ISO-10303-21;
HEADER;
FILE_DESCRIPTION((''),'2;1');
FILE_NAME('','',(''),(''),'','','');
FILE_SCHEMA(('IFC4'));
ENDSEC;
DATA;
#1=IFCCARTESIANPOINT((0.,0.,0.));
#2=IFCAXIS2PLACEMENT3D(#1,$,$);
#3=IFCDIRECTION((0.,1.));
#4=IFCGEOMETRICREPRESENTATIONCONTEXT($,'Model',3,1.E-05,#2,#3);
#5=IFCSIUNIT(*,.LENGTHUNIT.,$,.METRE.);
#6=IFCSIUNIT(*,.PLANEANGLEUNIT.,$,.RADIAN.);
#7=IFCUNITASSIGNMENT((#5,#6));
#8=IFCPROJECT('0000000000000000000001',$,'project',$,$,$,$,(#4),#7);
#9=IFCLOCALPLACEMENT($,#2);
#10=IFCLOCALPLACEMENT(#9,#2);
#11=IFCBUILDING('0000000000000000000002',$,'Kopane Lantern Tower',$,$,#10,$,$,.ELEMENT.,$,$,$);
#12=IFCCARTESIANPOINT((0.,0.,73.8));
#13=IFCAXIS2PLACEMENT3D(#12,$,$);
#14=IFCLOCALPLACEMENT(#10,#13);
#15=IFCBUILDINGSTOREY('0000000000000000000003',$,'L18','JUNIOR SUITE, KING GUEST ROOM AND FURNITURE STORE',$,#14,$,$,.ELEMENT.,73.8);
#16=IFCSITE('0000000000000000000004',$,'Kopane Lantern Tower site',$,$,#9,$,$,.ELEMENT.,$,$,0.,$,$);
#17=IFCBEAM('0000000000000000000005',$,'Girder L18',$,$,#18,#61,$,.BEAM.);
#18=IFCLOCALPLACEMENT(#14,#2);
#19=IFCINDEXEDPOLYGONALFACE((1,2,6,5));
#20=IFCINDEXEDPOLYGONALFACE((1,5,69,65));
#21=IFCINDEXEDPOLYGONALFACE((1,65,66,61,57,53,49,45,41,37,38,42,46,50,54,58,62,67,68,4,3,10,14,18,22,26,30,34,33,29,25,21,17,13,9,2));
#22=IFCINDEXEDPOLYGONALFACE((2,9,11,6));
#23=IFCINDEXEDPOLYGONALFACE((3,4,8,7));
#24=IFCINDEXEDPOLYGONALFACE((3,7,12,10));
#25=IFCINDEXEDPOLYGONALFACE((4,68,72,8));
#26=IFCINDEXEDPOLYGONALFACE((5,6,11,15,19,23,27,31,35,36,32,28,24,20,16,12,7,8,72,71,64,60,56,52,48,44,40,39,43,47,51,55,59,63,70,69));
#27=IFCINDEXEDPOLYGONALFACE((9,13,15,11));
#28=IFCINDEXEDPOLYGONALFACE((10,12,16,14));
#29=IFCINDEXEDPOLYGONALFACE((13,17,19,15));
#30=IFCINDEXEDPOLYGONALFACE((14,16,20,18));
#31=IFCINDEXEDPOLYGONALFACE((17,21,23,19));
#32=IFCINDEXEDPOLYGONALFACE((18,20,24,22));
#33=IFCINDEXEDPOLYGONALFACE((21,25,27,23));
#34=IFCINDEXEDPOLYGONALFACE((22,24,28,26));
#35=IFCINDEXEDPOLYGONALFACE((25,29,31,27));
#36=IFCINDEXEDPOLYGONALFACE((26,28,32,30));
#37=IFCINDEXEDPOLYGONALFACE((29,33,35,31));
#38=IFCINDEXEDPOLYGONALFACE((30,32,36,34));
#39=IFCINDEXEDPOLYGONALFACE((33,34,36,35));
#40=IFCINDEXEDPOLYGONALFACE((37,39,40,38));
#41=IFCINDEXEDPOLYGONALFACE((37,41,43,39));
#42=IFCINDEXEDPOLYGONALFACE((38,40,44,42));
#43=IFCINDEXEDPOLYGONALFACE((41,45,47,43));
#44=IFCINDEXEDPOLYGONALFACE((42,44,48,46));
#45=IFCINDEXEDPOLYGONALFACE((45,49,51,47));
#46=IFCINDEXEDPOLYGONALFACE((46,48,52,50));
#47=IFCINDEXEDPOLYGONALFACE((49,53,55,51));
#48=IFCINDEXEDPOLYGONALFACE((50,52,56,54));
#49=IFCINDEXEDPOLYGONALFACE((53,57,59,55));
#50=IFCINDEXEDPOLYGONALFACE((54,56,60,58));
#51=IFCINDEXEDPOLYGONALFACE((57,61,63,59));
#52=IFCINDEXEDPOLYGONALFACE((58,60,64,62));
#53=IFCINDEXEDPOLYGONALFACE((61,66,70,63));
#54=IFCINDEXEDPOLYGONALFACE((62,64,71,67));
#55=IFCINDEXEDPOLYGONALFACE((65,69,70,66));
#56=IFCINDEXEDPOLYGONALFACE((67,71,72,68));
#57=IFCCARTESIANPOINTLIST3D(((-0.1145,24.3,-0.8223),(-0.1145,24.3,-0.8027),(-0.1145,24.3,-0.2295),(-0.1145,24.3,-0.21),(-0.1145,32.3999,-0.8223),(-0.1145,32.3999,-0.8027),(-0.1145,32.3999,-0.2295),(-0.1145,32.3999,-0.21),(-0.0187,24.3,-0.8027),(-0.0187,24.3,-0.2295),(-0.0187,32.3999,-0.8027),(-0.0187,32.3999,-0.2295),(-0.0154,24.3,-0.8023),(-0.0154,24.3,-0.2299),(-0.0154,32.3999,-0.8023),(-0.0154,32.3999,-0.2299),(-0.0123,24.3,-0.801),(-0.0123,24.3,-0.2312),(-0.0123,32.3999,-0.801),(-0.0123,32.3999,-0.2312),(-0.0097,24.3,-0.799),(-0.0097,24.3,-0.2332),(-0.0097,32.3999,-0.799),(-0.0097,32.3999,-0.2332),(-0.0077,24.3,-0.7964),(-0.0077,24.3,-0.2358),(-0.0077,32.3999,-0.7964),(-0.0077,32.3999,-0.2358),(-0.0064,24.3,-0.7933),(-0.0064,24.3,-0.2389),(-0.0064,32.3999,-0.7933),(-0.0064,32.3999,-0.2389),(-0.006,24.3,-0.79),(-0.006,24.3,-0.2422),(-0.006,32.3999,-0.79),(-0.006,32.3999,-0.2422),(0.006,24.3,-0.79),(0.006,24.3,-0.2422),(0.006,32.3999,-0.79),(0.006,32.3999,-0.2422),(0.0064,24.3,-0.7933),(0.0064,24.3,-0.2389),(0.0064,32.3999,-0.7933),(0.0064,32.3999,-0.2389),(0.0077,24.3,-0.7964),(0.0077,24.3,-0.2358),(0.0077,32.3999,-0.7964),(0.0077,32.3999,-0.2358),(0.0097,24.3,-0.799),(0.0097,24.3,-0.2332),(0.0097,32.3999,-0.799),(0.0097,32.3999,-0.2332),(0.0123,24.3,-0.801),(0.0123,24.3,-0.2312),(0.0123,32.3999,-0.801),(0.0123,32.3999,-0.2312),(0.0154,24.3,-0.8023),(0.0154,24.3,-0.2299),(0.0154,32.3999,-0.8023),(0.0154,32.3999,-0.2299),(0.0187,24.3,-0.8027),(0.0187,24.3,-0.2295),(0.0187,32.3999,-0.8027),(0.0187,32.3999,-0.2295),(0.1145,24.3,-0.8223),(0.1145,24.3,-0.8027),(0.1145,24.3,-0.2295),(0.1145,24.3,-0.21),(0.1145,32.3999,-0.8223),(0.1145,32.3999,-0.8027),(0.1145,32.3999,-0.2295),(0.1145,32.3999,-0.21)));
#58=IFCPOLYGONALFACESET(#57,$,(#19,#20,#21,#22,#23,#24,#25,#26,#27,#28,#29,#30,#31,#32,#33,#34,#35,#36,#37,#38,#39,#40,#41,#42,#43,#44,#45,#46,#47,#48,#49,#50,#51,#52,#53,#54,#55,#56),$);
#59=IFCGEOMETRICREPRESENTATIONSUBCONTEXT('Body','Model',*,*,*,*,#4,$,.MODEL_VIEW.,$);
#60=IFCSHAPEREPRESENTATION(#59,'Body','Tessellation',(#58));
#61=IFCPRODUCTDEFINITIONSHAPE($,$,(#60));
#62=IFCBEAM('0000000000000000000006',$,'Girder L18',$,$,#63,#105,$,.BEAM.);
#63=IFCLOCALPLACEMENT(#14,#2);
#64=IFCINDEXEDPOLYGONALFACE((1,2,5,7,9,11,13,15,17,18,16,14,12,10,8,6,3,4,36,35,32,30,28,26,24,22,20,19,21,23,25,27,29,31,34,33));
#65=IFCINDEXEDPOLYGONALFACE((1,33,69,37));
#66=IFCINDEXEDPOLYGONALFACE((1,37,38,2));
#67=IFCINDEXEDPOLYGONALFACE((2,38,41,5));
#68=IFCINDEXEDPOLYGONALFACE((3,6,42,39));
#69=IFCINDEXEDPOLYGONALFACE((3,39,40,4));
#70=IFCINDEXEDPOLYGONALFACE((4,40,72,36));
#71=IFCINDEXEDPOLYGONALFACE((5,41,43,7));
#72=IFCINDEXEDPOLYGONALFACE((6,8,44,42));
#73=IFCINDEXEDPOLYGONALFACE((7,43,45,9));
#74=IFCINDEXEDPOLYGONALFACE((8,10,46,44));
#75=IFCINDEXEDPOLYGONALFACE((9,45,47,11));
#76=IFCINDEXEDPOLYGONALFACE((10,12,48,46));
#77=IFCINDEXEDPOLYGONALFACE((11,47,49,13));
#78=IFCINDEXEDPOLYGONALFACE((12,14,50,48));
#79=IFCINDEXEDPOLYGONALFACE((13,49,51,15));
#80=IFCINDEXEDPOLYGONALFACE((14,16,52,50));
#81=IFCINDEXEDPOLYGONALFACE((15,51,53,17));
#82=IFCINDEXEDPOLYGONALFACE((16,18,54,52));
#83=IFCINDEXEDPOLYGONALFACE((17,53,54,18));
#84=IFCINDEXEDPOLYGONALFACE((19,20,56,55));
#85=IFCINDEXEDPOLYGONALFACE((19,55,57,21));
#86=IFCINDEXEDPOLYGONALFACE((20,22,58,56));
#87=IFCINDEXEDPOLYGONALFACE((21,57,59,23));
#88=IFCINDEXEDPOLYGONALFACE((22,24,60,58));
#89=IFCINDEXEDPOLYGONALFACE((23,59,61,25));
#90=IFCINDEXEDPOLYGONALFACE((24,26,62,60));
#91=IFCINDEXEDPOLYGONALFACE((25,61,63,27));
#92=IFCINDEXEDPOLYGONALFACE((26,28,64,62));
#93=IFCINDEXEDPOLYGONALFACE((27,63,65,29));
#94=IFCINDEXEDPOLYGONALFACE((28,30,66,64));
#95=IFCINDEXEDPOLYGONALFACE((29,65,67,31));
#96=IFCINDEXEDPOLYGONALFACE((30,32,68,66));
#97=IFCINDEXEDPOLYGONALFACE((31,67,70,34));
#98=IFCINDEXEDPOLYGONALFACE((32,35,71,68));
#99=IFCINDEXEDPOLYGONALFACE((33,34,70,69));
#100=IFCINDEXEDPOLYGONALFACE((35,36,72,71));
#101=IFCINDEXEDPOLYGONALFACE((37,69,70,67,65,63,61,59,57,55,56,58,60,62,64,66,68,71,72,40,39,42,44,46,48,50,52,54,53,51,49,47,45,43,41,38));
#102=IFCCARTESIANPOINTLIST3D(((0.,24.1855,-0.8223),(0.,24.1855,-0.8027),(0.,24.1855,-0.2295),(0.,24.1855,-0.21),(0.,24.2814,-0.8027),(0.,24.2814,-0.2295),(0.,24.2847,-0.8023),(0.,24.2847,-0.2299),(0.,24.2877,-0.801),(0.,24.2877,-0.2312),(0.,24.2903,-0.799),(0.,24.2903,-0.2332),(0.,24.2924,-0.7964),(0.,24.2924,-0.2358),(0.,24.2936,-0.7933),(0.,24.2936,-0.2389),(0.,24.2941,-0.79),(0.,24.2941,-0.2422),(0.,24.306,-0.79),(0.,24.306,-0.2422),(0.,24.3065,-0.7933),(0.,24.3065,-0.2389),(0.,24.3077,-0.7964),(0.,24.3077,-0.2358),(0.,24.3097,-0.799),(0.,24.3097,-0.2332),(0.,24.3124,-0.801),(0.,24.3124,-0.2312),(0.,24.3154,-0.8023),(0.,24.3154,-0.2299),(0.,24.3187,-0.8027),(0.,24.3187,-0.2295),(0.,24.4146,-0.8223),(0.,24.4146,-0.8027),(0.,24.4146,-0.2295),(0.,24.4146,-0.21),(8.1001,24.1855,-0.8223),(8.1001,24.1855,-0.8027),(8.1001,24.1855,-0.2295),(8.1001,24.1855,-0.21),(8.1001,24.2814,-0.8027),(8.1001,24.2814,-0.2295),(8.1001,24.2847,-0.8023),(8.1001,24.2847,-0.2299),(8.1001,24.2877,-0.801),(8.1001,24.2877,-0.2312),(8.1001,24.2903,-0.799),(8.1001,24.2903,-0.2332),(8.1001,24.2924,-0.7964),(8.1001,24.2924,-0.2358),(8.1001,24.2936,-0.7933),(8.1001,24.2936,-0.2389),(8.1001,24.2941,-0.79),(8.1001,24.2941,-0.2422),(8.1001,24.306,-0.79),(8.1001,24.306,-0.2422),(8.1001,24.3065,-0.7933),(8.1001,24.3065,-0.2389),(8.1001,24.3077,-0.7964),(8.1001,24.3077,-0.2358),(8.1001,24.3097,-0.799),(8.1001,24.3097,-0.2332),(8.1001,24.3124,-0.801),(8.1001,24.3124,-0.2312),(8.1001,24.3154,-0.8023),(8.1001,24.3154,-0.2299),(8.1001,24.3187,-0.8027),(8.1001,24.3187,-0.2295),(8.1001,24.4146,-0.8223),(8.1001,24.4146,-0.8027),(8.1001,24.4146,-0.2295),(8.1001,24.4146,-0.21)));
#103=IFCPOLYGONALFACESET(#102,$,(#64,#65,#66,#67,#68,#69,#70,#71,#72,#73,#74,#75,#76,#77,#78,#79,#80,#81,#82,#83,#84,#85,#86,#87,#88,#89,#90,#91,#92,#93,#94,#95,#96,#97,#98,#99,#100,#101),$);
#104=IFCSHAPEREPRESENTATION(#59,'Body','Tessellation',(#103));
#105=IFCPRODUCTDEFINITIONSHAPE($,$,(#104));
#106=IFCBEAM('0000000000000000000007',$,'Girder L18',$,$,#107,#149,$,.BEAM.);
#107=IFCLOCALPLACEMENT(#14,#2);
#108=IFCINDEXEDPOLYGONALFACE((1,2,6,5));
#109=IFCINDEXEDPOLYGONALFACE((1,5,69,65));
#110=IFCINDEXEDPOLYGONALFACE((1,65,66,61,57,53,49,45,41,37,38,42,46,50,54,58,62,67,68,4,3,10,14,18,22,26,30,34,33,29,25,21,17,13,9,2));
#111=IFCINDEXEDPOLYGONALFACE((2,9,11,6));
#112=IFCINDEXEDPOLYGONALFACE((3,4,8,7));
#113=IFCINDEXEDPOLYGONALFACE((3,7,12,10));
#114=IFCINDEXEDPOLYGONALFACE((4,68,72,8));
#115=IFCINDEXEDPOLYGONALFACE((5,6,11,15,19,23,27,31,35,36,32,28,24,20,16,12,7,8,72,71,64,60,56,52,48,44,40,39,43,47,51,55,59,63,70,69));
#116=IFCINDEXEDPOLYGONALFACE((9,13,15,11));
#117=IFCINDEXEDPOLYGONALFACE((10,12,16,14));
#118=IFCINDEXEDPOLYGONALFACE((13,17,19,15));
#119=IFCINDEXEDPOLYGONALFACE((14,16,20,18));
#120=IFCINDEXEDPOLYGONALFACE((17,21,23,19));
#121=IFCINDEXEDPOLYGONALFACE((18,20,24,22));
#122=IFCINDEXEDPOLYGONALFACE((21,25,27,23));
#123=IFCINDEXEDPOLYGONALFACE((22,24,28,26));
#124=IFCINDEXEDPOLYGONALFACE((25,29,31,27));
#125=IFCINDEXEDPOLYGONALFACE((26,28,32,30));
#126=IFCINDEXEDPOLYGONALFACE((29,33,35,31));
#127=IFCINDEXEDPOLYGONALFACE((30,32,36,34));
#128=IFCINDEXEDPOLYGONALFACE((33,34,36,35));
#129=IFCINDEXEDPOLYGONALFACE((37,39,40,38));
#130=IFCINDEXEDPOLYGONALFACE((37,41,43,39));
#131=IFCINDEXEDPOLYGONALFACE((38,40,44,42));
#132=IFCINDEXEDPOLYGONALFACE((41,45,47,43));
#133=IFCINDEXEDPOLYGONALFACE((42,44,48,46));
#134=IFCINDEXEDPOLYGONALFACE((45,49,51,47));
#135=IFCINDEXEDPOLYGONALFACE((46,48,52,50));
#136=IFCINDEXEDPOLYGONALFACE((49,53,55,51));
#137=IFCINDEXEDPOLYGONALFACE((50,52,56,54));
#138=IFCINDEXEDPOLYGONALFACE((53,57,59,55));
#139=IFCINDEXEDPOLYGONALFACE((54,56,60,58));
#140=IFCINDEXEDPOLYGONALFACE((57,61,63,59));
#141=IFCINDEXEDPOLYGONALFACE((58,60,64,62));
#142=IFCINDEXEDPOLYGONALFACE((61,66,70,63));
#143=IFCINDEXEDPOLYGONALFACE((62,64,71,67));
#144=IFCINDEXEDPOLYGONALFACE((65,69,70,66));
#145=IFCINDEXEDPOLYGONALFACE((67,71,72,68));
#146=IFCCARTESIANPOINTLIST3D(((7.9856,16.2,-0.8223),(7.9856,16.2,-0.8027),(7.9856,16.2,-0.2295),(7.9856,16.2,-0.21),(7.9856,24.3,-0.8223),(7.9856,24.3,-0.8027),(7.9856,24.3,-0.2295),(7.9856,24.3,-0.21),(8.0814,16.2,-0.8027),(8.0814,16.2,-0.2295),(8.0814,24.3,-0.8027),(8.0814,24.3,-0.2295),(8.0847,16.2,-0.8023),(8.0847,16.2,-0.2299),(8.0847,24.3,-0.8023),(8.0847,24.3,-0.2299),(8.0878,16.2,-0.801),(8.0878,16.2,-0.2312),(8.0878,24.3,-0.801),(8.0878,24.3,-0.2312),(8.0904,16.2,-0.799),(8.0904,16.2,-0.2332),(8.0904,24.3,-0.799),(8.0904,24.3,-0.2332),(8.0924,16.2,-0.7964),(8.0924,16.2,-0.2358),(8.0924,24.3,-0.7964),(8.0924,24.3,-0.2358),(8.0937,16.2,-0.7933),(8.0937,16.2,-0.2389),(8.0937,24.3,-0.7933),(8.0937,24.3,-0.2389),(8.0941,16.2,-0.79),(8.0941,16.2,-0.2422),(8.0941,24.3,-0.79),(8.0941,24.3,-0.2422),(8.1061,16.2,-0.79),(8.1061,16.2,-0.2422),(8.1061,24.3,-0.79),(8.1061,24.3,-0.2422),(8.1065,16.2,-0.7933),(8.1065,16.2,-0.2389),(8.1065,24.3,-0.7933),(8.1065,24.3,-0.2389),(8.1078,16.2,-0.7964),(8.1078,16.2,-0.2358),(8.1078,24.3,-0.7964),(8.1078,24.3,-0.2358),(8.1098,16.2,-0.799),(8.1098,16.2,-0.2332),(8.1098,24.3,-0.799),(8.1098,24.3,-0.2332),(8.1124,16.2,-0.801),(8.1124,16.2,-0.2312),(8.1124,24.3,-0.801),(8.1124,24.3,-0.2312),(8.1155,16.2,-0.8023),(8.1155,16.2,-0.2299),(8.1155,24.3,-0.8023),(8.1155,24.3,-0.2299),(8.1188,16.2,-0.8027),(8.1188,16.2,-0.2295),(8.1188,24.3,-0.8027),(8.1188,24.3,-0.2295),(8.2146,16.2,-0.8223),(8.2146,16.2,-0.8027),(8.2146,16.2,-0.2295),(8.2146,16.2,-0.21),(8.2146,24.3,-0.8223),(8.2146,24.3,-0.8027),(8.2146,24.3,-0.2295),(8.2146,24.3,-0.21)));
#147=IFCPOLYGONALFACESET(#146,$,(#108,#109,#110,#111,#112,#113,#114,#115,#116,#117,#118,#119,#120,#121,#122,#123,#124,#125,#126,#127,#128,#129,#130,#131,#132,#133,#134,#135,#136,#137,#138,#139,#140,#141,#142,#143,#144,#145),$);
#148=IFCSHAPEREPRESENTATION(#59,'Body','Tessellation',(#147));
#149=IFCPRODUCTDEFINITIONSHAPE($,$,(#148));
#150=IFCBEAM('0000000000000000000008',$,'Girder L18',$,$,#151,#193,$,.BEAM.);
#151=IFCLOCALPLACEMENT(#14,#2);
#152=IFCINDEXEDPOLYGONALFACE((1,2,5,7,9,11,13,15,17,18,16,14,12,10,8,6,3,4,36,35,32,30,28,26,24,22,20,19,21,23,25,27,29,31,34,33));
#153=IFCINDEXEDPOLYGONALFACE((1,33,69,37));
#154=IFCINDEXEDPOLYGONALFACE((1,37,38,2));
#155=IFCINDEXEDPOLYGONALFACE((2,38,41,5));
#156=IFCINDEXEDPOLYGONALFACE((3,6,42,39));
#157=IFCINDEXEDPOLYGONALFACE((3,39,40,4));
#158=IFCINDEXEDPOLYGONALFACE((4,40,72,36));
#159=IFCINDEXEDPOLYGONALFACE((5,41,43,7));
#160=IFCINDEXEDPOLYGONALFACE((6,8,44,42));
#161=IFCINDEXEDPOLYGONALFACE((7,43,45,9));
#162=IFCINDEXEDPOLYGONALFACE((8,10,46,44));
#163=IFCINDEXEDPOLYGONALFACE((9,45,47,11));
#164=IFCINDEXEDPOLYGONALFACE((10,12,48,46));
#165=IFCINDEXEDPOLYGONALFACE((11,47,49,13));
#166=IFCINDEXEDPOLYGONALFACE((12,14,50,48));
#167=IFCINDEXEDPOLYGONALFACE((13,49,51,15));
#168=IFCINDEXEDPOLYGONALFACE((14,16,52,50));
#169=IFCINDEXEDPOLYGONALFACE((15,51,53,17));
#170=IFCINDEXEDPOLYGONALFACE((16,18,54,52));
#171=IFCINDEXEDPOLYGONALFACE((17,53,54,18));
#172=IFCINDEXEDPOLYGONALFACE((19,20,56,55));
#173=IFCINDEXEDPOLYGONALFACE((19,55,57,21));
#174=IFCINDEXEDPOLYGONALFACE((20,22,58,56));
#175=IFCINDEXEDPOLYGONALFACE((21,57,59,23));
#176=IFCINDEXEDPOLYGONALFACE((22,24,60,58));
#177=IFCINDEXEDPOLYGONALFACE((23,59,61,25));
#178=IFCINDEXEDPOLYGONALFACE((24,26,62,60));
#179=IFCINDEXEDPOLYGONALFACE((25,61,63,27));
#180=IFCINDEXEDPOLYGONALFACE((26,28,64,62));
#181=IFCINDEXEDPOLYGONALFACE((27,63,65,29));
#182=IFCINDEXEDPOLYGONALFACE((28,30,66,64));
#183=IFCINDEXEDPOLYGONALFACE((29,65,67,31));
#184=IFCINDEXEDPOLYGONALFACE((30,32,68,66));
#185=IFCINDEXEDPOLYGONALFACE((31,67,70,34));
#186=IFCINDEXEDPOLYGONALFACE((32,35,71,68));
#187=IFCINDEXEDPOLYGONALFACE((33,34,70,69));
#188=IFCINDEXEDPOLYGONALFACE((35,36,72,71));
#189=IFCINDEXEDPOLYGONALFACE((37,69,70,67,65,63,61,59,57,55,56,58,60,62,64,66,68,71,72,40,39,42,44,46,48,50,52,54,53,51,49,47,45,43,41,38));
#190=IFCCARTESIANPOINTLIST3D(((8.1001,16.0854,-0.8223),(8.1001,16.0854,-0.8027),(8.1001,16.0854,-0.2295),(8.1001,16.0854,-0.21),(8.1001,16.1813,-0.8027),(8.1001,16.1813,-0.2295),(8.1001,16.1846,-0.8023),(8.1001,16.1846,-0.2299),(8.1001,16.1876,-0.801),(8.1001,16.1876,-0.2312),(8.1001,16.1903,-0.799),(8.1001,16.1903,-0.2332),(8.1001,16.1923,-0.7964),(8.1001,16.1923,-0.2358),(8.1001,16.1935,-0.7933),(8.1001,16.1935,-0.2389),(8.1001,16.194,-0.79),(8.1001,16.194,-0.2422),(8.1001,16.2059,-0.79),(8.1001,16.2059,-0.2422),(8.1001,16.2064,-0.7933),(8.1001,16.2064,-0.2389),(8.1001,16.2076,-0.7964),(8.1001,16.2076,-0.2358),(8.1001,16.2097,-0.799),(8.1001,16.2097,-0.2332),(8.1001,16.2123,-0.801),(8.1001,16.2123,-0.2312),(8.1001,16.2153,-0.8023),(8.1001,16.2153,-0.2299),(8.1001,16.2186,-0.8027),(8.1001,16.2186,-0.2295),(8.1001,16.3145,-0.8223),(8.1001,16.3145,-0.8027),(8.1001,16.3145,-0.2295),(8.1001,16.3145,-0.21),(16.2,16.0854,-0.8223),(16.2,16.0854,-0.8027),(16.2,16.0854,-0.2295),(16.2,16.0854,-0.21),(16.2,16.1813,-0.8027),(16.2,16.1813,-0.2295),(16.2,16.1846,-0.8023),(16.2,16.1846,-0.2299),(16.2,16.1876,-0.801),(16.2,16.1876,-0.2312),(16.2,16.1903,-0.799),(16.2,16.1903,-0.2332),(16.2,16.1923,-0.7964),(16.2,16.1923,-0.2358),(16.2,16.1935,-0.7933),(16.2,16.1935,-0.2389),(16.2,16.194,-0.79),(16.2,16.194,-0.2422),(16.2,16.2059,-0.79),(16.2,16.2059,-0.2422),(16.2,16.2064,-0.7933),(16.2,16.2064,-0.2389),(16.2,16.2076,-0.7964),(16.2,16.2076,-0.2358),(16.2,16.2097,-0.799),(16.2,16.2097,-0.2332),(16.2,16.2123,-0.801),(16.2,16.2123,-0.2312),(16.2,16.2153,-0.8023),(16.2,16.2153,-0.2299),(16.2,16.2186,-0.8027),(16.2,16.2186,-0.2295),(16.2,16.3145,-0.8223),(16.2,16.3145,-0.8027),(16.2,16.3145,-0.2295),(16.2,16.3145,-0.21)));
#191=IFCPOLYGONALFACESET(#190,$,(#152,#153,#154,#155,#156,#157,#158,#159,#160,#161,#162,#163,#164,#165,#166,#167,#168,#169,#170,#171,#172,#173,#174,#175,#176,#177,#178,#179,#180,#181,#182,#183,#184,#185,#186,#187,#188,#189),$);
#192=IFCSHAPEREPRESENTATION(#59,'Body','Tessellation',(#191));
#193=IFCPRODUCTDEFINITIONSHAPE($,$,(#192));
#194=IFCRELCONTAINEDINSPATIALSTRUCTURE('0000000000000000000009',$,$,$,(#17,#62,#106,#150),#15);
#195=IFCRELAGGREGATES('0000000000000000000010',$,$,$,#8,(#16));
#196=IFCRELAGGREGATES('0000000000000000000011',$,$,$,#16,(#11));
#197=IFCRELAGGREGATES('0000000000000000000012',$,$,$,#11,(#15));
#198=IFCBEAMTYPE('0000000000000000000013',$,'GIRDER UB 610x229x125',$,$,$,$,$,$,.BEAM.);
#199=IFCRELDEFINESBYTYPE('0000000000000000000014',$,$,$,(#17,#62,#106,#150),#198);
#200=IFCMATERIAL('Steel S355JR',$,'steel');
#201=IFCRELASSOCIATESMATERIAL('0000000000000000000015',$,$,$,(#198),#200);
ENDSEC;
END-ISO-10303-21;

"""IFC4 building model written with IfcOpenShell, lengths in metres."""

from ifc_helpers import new_model, si_unit, direction, frame, origin, origin_2d, place, context, subcontext, project, spatial, i_section, extrude, material, material_profile, profile_set, type_object, element, save


model = new_model("IFC4")

# Units and contexts
model_context = context("Model", 3, precision=1e-05, world=origin(), true_north=direction((0.0, 1.0)))
body_context = subcontext(model_context, "Body", "Model", "MODEL_VIEW")
ifc_project = project(units=[si_unit("LENGTHUNIT", "METRE"), si_unit("PLANEANGLEUNIT", "RADIAN")], contexts=[model_context])

# Site, building, storey
site_placement = place(None, origin())
site = spatial("IfcSite", under=ifc_project, at=site_placement, Name="Kopane Lantern Tower site", CompositionType="ELEMENT", RefElevation=0.0)
building_placement = place(site_placement, origin())
building = spatial("IfcBuilding", under=site, at=building_placement, Name="Kopane Lantern Tower", CompositionType="ELEMENT")
storey_placement = place(building_placement, frame((0.0, 0.0, 73.8)))
storey = spatial("IfcBuildingStorey", under=building, at=storey_placement, Name="L18", Description="JUNIOR SUITE, KING GUEST ROOM AND FURNITURE STORE", CompositionType="ELEMENT", Elevation=73.8)

# Beams
ifc_material_1 = material(Name="Steel S355JR", Category="steel")
ifc_material_profile_1 = material_profile(ifc_material_1, i_section(OverallWidth=0.229, OverallDepth=0.6123, WebThickness=0.012, FlangeThickness=0.0195, FilletRadius=0.0127, at=origin_2d()), Name="UB 610x229x125")
ifc_profile_set_1 = profile_set([ifc_material_profile_1], Name="Steel S355JR")
beam_type = type_object("IfcBeamType", Name="GIRDER UB 610x229x125", PredefinedType="BEAM", material=ifc_profile_set_1)
beam_placement = place(storey_placement, frame((0.0, 24.3, -0.5161), z_axis=(0.0, 1.0, 0.0), x_axis=(-1.0, 0.0, 0.0)))
element("IfcBeam", 1, at=beam_placement, inside=storey, type_object=beam_type, Name="Girder L18", PredefinedType="BEAM", context=body_context, shape_type="SweptSolid", body=[
    extrude(i_section(OverallWidth=0.229, OverallDepth=0.6123, WebThickness=0.012, FlangeThickness=0.0195, FilletRadius=0.0127, at=origin_2d()), origin(), (0.0, 0.0, 1.0), 8.0999),
])
for number, where, z_axis, x_axis, name in (
    (2, (0.0, 24.3, -0.5161), (1.0, 0.0, 0.0), (0.0, 1.0, 0.0), "Girder L18"),
    (3, (8.1001, 16.2, -0.5161), (0.0, 1.0, 0.0), (-1.0, 0.0, 0.0), "Girder L18"),
):
    element("IfcBeam", number, at=place(storey_placement, frame(where, z_axis=z_axis, x_axis=x_axis)), inside=storey, type_object=beam_type, Name=name, PredefinedType="BEAM", context=body_context, shape_type="SweptSolid", body=[
        extrude(i_section(OverallWidth=0.229, OverallDepth=0.6123, WebThickness=0.012, FlangeThickness=0.0195, FilletRadius=0.0127, at=origin_2d()), origin(), (0.0, 0.0, 1.0), 8.1001),
    ])
for number, where, z_axis, x_axis, name in (
    (4, (8.1001, 16.2, -0.5161), (1.0, 0.0, 0.0), (0.0, 1.0, 0.0), "Girder L18"),
):
    element("IfcBeam", number, at=place(storey_placement, frame(where, z_axis=z_axis, x_axis=x_axis)), inside=storey, type_object=beam_type, Name=name, PredefinedType="BEAM", context=body_context, shape_type="SweptSolid", body=[
        extrude(i_section(OverallWidth=0.229, OverallDepth=0.6123, WebThickness=0.012, FlangeThickness=0.0195, FilletRadius=0.0127, at=origin_2d()), origin(), (0.0, 0.0, 1.0), 8.0999),
    ])

save(model, "model.ifc")
